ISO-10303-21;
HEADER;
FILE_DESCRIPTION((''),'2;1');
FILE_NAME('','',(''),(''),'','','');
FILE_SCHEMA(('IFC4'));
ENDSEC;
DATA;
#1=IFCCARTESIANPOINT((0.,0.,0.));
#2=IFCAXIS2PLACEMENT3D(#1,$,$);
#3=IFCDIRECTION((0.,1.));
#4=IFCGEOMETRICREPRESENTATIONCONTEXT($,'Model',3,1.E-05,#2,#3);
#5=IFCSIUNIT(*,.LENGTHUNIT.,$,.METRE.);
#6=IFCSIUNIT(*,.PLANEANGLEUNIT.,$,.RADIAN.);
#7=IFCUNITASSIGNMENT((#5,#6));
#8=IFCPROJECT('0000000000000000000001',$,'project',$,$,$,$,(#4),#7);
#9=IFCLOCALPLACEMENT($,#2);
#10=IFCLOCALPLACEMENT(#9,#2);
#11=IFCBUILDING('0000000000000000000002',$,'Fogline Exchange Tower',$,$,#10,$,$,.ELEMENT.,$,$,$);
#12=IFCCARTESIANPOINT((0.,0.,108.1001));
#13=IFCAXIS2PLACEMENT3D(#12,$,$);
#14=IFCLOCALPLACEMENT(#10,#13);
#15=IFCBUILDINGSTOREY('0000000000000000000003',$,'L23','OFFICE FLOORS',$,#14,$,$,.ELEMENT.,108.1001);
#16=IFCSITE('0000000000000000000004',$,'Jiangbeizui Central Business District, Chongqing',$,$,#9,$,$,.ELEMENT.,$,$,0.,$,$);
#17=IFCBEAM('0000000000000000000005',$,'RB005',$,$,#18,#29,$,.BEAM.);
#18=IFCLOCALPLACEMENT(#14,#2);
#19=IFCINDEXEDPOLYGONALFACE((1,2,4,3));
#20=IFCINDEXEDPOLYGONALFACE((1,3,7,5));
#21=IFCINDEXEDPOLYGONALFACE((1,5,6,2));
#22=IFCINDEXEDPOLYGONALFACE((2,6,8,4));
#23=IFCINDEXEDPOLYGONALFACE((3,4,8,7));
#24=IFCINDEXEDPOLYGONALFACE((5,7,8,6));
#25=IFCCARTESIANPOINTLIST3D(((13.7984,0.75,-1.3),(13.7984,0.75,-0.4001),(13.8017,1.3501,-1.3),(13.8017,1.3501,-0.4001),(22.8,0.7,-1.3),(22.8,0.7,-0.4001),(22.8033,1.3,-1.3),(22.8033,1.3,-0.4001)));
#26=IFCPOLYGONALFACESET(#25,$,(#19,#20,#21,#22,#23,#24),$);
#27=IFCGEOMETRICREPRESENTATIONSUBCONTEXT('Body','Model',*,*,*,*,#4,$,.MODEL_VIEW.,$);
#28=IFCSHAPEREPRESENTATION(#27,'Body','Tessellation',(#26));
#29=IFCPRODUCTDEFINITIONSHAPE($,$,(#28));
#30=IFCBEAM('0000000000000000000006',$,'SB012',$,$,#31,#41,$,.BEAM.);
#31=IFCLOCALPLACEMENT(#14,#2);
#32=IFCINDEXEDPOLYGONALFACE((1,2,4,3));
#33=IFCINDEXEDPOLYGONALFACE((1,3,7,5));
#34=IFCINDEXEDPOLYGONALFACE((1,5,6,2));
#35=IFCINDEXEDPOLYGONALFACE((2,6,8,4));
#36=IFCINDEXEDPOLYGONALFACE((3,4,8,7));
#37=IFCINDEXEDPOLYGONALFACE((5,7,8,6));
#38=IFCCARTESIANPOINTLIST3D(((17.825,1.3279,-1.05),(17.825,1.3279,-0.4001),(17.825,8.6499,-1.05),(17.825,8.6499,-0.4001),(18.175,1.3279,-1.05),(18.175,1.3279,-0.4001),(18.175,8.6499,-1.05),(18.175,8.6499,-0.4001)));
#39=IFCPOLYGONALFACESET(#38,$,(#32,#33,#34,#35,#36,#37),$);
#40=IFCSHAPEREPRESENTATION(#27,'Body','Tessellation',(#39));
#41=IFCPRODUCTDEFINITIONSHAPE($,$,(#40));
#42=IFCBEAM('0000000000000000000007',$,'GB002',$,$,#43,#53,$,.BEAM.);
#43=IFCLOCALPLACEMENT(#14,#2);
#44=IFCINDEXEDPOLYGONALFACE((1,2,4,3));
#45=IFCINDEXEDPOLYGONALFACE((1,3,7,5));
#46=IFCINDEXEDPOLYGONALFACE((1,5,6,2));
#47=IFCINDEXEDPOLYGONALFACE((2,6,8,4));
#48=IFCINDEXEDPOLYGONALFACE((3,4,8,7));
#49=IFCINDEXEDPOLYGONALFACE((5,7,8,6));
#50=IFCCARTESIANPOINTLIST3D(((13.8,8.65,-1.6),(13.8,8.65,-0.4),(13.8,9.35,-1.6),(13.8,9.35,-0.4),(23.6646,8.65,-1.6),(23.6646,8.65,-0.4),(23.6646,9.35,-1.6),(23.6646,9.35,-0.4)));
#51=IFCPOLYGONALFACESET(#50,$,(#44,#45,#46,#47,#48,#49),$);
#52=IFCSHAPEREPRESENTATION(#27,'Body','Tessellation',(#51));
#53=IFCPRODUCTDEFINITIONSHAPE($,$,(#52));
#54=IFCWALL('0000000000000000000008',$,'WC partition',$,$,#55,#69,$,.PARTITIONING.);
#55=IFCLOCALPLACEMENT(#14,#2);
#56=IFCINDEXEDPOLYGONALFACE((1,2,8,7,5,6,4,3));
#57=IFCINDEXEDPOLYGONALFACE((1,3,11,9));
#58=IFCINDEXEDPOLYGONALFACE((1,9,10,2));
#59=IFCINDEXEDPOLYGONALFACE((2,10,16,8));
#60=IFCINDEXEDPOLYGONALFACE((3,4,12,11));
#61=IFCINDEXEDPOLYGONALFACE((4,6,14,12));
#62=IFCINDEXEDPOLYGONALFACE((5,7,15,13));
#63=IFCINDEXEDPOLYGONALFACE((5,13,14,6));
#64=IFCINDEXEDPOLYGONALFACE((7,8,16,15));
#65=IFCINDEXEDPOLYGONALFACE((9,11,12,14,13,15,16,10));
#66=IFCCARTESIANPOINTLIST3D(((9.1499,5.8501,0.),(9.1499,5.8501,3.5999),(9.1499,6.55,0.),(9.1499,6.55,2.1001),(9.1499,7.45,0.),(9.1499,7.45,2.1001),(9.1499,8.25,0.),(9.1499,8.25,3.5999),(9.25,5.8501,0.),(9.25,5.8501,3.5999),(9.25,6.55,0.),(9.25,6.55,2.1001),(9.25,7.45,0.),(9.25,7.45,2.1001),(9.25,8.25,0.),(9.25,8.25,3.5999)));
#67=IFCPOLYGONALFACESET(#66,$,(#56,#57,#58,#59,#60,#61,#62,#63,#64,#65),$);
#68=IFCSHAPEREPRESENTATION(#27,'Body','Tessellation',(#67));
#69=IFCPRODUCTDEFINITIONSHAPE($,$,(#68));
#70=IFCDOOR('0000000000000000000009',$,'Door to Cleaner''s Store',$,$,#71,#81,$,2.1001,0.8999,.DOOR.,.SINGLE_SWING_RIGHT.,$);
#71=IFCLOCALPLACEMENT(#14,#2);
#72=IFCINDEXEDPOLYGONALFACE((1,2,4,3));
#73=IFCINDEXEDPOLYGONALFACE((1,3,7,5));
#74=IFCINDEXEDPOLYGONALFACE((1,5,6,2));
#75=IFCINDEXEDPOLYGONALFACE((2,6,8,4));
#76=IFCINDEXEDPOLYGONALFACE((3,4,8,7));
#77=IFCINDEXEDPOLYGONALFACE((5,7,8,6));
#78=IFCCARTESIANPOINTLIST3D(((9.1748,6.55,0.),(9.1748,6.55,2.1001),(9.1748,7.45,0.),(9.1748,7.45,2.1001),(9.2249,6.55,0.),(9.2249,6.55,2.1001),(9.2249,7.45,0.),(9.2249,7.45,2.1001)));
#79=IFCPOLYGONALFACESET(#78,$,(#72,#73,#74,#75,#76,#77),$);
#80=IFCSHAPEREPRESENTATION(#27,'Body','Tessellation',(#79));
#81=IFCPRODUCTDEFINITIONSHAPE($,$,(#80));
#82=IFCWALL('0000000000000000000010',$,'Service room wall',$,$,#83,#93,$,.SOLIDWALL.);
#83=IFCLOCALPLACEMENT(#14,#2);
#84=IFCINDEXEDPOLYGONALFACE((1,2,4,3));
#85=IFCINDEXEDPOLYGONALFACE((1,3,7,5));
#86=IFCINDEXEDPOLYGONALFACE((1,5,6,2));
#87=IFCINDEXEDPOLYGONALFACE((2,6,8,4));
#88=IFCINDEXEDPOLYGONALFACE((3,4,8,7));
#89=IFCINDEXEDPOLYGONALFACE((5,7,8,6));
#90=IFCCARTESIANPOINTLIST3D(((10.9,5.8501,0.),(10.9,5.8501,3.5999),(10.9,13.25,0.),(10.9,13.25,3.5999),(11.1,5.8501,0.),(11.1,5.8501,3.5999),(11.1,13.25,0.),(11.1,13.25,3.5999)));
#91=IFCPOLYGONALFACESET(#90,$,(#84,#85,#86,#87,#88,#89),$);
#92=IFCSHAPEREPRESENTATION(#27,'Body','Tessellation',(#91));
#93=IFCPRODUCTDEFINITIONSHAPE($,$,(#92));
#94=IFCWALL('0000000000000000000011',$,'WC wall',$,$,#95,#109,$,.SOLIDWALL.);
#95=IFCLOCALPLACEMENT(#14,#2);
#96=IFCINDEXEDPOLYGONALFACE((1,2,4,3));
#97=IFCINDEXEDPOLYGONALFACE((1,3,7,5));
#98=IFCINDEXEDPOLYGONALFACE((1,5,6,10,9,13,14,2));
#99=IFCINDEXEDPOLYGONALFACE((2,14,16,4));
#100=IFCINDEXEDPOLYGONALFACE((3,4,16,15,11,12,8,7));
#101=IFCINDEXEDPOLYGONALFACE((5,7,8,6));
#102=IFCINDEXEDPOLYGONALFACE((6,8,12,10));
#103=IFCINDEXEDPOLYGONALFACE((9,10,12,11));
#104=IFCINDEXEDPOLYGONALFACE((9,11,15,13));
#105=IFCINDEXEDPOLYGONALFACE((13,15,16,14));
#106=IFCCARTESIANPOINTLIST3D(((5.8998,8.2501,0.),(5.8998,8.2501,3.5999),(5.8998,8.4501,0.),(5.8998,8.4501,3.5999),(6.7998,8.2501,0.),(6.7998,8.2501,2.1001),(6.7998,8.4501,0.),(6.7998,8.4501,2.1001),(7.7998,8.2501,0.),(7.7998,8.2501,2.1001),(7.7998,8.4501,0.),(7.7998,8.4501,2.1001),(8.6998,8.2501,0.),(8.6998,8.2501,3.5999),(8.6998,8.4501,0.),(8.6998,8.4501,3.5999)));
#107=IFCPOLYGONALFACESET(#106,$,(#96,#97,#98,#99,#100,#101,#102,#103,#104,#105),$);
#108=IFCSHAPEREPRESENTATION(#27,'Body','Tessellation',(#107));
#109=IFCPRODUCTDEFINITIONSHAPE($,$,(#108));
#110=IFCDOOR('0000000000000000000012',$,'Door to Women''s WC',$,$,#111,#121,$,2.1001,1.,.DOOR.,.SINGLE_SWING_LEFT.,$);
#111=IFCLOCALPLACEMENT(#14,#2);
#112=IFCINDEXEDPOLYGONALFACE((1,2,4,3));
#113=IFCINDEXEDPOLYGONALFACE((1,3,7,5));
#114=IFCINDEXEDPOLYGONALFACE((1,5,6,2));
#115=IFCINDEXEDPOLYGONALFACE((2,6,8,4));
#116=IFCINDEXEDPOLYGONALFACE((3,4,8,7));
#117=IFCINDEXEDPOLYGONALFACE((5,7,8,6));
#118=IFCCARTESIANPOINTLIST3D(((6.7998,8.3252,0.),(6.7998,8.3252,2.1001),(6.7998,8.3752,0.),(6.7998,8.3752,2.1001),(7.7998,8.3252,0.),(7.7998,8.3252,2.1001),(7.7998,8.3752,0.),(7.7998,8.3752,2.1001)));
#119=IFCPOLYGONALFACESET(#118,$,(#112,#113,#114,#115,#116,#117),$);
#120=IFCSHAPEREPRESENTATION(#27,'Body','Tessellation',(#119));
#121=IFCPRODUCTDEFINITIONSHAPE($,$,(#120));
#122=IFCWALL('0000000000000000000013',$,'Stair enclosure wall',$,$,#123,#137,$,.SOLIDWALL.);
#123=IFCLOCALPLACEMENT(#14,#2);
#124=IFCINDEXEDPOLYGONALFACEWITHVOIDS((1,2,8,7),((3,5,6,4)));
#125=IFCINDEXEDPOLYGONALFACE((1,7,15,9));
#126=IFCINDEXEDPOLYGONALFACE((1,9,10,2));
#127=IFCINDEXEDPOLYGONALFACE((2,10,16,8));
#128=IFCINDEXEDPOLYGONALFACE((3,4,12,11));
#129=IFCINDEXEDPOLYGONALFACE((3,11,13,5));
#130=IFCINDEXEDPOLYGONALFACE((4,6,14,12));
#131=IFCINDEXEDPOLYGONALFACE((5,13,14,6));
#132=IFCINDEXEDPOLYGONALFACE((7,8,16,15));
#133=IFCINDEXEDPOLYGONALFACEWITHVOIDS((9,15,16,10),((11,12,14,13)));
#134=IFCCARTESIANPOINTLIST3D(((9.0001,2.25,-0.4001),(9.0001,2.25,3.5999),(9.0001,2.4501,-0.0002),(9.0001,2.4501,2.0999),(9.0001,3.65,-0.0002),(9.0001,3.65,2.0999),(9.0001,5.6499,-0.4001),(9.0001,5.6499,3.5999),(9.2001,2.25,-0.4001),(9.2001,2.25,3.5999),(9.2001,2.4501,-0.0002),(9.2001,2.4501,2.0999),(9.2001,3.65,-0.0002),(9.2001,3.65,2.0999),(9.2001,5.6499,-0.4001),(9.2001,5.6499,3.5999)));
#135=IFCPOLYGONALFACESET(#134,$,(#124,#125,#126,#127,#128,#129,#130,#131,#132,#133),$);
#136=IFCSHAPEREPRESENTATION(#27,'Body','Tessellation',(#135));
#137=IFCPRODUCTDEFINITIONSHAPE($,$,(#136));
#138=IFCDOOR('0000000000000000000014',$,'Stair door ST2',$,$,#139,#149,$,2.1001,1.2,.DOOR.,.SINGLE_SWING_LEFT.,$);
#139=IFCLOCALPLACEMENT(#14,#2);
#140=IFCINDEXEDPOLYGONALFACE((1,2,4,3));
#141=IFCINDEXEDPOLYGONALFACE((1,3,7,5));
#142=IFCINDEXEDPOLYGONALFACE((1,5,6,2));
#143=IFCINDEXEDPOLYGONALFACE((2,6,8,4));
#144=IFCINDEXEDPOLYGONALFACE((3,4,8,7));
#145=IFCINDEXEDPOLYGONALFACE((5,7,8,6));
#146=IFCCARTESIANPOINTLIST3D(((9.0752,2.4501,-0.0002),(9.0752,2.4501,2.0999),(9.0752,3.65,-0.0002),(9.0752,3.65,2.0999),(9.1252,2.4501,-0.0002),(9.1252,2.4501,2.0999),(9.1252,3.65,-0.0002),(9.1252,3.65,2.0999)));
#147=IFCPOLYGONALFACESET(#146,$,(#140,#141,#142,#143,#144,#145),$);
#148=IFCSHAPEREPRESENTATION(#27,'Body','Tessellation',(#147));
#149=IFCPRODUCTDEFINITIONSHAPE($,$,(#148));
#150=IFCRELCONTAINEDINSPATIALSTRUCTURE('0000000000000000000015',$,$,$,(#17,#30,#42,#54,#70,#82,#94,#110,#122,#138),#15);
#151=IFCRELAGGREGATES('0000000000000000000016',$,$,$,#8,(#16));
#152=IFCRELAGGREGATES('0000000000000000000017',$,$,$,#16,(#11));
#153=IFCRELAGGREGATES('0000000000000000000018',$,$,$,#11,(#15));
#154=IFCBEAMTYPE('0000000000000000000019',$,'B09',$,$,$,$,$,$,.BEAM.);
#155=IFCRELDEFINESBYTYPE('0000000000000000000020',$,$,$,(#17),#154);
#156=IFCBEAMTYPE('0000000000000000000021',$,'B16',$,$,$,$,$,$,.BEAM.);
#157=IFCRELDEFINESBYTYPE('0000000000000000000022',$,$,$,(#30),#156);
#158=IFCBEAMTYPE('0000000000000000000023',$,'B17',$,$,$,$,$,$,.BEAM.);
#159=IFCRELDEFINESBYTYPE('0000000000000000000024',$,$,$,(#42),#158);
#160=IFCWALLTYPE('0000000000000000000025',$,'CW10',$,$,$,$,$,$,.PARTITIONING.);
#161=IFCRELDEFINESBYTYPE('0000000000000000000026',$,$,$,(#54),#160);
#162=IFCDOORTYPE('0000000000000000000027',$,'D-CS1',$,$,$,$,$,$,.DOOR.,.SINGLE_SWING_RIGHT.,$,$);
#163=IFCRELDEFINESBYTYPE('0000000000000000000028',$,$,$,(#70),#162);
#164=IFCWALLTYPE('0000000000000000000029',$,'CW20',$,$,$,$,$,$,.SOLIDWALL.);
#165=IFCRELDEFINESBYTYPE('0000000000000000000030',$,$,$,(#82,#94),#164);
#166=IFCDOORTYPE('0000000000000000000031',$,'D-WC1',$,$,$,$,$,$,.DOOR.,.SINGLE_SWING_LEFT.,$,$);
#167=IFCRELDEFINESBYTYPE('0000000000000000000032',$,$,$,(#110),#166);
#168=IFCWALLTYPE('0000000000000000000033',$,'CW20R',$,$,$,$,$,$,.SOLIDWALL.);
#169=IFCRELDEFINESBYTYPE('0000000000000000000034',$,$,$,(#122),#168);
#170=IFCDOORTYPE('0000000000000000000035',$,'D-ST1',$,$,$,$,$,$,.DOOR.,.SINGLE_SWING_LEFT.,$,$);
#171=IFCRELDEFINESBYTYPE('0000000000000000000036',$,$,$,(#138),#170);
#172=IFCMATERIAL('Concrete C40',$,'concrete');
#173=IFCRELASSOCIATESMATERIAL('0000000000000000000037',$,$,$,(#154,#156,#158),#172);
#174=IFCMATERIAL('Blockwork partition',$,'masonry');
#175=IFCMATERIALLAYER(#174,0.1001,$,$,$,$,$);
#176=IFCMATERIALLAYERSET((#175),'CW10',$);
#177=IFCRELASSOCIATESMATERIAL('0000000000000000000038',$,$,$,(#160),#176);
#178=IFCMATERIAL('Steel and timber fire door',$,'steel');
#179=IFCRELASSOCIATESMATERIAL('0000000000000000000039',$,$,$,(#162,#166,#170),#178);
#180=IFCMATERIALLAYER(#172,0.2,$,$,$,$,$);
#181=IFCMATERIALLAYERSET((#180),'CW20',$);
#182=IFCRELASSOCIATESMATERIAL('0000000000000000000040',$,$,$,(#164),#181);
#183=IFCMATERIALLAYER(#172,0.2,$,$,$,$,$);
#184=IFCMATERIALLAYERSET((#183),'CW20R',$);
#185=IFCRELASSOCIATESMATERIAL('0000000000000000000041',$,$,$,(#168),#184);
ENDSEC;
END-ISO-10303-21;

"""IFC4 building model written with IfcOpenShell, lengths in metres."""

from ifc_helpers import new_model, si_unit, direction, frame, frame_2d, origin, origin_2d, place, context, subcontext, project, spatial, rectangle, extrude, material, layer, layer_set, material_profile, profile_set, type_object, element, fill, save


model = new_model("IFC4")

# Units and contexts
model_context = context("Model", 3, precision=1e-05, world=origin(), true_north=direction((0.0, 1.0)))
body_context = subcontext(model_context, "Body", "Model", "MODEL_VIEW")
ifc_project = project(units=[si_unit("LENGTHUNIT", "METRE"), si_unit("PLANEANGLEUNIT", "RADIAN")], contexts=[model_context])

# Site, building, storey
site_placement = place(None, origin())
site = spatial("IfcSite", under=ifc_project, at=site_placement, Name="Jiangbeizui Central Business District, Chongqing", CompositionType="ELEMENT", RefElevation=0.0)
building_placement = place(site_placement, origin())
building = spatial("IfcBuilding", under=site, at=building_placement, Name="Fogline Exchange Tower", CompositionType="ELEMENT")
storey_placement = place(building_placement, frame((0.0, 0.0, 108.1001)))
storey = spatial("IfcBuildingStorey", under=building, at=storey_placement, Name="L23", Description="OFFICE FLOORS", CompositionType="ELEMENT", Elevation=108.1001)

# Beams
ifc_material_1 = material(Name="Concrete C40", Category="concrete")
ifc_material_profile_1 = material_profile(ifc_material_1, rectangle(XDim=0.6001, YDim=0.8999, at=origin_2d()), Name="RC 600x900")
ifc_profile_set_1 = profile_set([ifc_material_profile_1], Name="Concrete C40")
beam_type_1 = type_object("IfcBeamType", Name="B09", PredefinedType="BEAM", material=ifc_profile_set_1)
beam_1_placement = place(storey_placement, frame((13.8, 1.05, -0.8501), z_axis=(0.999985, -0.00556, 0.0), x_axis=(0.00556, 0.999985, 0.0)))
element("IfcBeam", 1, at=beam_1_placement, inside=storey, type_object=beam_type_1, Name="RB005", PredefinedType="BEAM", context=body_context, shape_type="SweptSolid", body=[
    extrude(rectangle(XDim=0.6001, YDim=0.8999, at=origin_2d()), origin(), (0.0, 0.0, 1.0), 9.0017),
])
ifc_material_profile_2 = material_profile(ifc_material_1, rectangle(XDim=0.3501, YDim=0.6499, at=origin_2d()), Name="RC 350x650")
ifc_profile_set_2 = profile_set([ifc_material_profile_2], Name="Concrete C40")
beam_type_2 = type_object("IfcBeamType", Name="B16", PredefinedType="BEAM", material=ifc_profile_set_2)
beam_2_placement = place(storey_placement, frame((18.0, 1.3279, -0.7251), z_axis=(0.0, 1.0, 0.0), x_axis=(-1.0, 0.0, 0.0)))
element("IfcBeam", 2, at=beam_2_placement, inside=storey, type_object=beam_type_2, Name="SB012", PredefinedType="BEAM", context=body_context, shape_type="SweptSolid", body=[
    extrude(rectangle(XDim=0.3501, YDim=0.6499, at=origin_2d()), origin(), (0.0, 0.0, 1.0), 7.322),
])
ifc_material_profile_3 = material_profile(ifc_material_1, rectangle(XDim=0.7, YDim=1.2, at=origin_2d()), Name="RC 700x1200")
ifc_profile_set_3 = profile_set([ifc_material_profile_3], Name="Concrete C40")
beam_type_3 = type_object("IfcBeamType", Name="B17", PredefinedType="BEAM", material=ifc_profile_set_3)
beam_3_placement = place(storey_placement, frame((13.8, 9.0, -1.0), z_axis=(1.0, 0.0, 0.0), x_axis=(0.0, 1.0, 0.0)))
element("IfcBeam", 3, at=beam_3_placement, inside=storey, type_object=beam_type_3, Name="GB002", PredefinedType="BEAM", context=body_context, shape_type="SweptSolid", body=[
    extrude(rectangle(XDim=0.7, YDim=1.2, at=origin_2d()), origin(), (0.0, 0.0, 1.0), 9.8645),
])

# Wall, opening, door
ifc_material_2 = material(Name="Blockwork partition", Category="masonry")
ifc_layer_1 = layer(ifc_material_2, 0.1001)
ifc_layer_set_1 = layer_set([ifc_layer_1], Name="CW10")
wall_type_1 = type_object("IfcWallType", Name="CW10", PredefinedType="PARTITIONING", material=ifc_layer_set_1)
wall_1_placement = place(storey_placement, frame((9.2, 5.8501, 0.0), z_axis=(0.0, 0.0, 1.0), x_axis=(0.0, 1.0, 0.0)))
wall_1 = element("IfcWall", 4, at=wall_1_placement, inside=storey, type_object=wall_type_1, Name="WC partition", PredefinedType="PARTITIONING", context=body_context, shape_type="SweptSolid", body=[
    extrude(rectangle(XDim=2.3999, YDim=0.1001, at=frame_2d((1.2, 0.0))), origin(), (0.0, 0.0, 1.0), 3.5999),
])
opening_1_placement = place(wall_1_placement, frame((0.7, 0.0, 0.0)))
opening_1 = element("IfcOpeningElement", 5, at=opening_1_placement, cuts=wall_1, PredefinedType="OPENING", context=body_context, shape_type="SweptSolid", body=[
    extrude(rectangle(XDim=0.8999, YDim=2.1001, at=frame_2d((0.45, 1.05))), frame((0.0, 0.0601, 0.0), z_axis=(0.0, -1.0, 0.0), x_axis=(1.0, 0.0, 0.0)), (0.0, 0.0, 1.0), 0.1201),
])
ifc_material_3 = material(Name="Steel and timber fire door", Category="steel")
door_type_1 = type_object("IfcDoorType", Name="D-CS1", OperationType="SINGLE_SWING_RIGHT", PredefinedType="DOOR", material=ifc_material_3)
door_1_placement = place(opening_1_placement, frame((0.8999, 0.0, 0.0), z_axis=(0.0, 0.0, 1.0), x_axis=(-1.0, 0.0, 0.0)))
door_1 = element("IfcDoor", 6, at=door_1_placement, inside=storey, type_object=door_type_1, Name="Door to Cleaner's Store", OperationType="SINGLE_SWING_RIGHT", OverallHeight=2.1001, OverallWidth=0.8999, PredefinedType="DOOR", context=body_context, shape_type="SweptSolid", body=[
    extrude(rectangle(XDim=0.8999, YDim=2.1001, at=frame_2d((0.45, 1.05))), frame((0.0, 0.0249, 0.0), z_axis=(0.0, -1.0, 0.0), x_axis=(1.0, 0.0, 0.0)), (0.0, 0.0, 1.0), 0.05),
])
fill(opening_1, door_1)

# Wall
ifc_layer_2 = layer(ifc_material_1, 0.2)
ifc_layer_set_2 = layer_set([ifc_layer_2], Name="CW20")
wall_type_2 = type_object("IfcWallType", Name="CW20", PredefinedType="SOLIDWALL", material=ifc_layer_set_2)
wall_2_placement = place(storey_placement, frame((11.0, 5.8501, 0.0), z_axis=(0.0, 0.0, 1.0), x_axis=(0.0, 1.0, 0.0)))
element("IfcWall", 7, at=wall_2_placement, inside=storey, type_object=wall_type_2, Name="Service room wall", PredefinedType="SOLIDWALL", context=body_context, shape_type="SweptSolid", body=[
    extrude(rectangle(XDim=7.3999, YDim=0.2, at=frame_2d((3.7, 0.0))), origin(), (0.0, 0.0, 1.0), 3.5999),
])

# Walls, openings, doors
wall_3_placement = place(storey_placement, frame((5.8999, 8.3501, 0.0), z_axis=(0.0, 0.0, 1.0), x_axis=(1.0, 0.0, 0.0)))
wall_3 = element("IfcWall", 8, at=wall_3_placement, inside=storey, type_object=wall_type_2, Name="WC wall", PredefinedType="SOLIDWALL", context=body_context, shape_type="SweptSolid", body=[
    extrude(rectangle(XDim=2.8, YDim=0.2, at=frame_2d((1.3999, 0.0))), origin(), (0.0, 0.0, 1.0), 3.5999),
])
opening_2_placement = place(wall_3_placement, frame((0.8999, 0.0, 0.0)))
opening_2 = element("IfcOpeningElement", 9, at=opening_2_placement, cuts=wall_3, PredefinedType="OPENING", context=body_context, shape_type="SweptSolid", body=[
    extrude(rectangle(XDim=1.0, YDim=2.1001, at=frame_2d((0.5, 1.05))), frame((0.0, 0.1099, 0.0), z_axis=(0.0, -1.0, 0.0), x_axis=(1.0, 0.0, 0.0)), (0.0, 0.0, 1.0), 0.22),
])
door_type_2 = type_object("IfcDoorType", Name="D-WC1", OperationType="SINGLE_SWING_LEFT", PredefinedType="DOOR", material=ifc_material_3)
door_2_placement = place(opening_2_placement, frame((1.0, 0.0, 0.0), z_axis=(0.0, 0.0, 1.0), x_axis=(-1.0, 0.0, 0.0)))
door_2 = element("IfcDoor", 10, at=door_2_placement, inside=storey, type_object=door_type_2, Name="Door to Women's WC", OperationType="SINGLE_SWING_LEFT", OverallHeight=2.1001, OverallWidth=1.0, PredefinedType="DOOR", context=body_context, shape_type="SweptSolid", body=[
    extrude(rectangle(XDim=1.0, YDim=2.1001, at=frame_2d((0.5, 1.05))), frame((0.0, 0.0249, 0.0), z_axis=(0.0, -1.0, 0.0), x_axis=(1.0, 0.0, 0.0)), (0.0, 0.0, 1.0), 0.05),
])
fill(opening_2, door_2)
ifc_layer_3 = layer(ifc_material_1, 0.2)
ifc_layer_set_3 = layer_set([ifc_layer_3], Name="CW20R")
wall_type_3 = type_object("IfcWallType", Name="CW20R", PredefinedType="SOLIDWALL", material=ifc_layer_set_3)
wall_4_placement = place(storey_placement, frame((9.1001, 2.25, -0.4001), z_axis=(0.0, 0.0, 1.0), x_axis=(0.0, 1.0, 0.0)))
wall_4 = element("IfcWall", 11, at=wall_4_placement, inside=storey, type_object=wall_type_3, Name="Stair enclosure wall", PredefinedType="SOLIDWALL", context=body_context, shape_type="SweptSolid", body=[
    extrude(rectangle(XDim=3.3999, YDim=0.2, at=frame_2d((1.7, 0.0))), origin(), (0.0, 0.0, 1.0), 4.0),
])
opening_3_placement = place(wall_4_placement, frame((0.2, 0.0, 0.3999)))
opening_3 = element("IfcOpeningElement", 12, at=opening_3_placement, cuts=wall_4, PredefinedType="OPENING", context=body_context, shape_type="SweptSolid", body=[
    extrude(rectangle(XDim=1.2, YDim=2.1001, at=frame_2d((0.6001, 1.05))), frame((0.0, 0.1099, 0.0), z_axis=(0.0, -1.0, 0.0), x_axis=(1.0, 0.0, 0.0)), (0.0, 0.0, 1.0), 0.22),
])
door_type_3 = type_object("IfcDoorType", Name="D-ST1", OperationType="SINGLE_SWING_LEFT", PredefinedType="DOOR", material=ifc_material_3)
door_3_placement = place(opening_3_placement, origin())
door_3 = element("IfcDoor", 13, at=door_3_placement, inside=storey, type_object=door_type_3, Name="Stair door ST2", OperationType="SINGLE_SWING_LEFT", OverallHeight=2.1001, OverallWidth=1.2, PredefinedType="DOOR", context=body_context, shape_type="SweptSolid", body=[
    extrude(rectangle(XDim=1.2, YDim=2.1001, at=frame_2d((0.6001, 1.05))), frame((0.0, 0.0249, 0.0), z_axis=(0.0, -1.0, 0.0), x_axis=(1.0, 0.0, 0.0)), (0.0, 0.0, 1.0), 0.05),
])
fill(opening_3, door_3)

save(model, "model.ifc")
